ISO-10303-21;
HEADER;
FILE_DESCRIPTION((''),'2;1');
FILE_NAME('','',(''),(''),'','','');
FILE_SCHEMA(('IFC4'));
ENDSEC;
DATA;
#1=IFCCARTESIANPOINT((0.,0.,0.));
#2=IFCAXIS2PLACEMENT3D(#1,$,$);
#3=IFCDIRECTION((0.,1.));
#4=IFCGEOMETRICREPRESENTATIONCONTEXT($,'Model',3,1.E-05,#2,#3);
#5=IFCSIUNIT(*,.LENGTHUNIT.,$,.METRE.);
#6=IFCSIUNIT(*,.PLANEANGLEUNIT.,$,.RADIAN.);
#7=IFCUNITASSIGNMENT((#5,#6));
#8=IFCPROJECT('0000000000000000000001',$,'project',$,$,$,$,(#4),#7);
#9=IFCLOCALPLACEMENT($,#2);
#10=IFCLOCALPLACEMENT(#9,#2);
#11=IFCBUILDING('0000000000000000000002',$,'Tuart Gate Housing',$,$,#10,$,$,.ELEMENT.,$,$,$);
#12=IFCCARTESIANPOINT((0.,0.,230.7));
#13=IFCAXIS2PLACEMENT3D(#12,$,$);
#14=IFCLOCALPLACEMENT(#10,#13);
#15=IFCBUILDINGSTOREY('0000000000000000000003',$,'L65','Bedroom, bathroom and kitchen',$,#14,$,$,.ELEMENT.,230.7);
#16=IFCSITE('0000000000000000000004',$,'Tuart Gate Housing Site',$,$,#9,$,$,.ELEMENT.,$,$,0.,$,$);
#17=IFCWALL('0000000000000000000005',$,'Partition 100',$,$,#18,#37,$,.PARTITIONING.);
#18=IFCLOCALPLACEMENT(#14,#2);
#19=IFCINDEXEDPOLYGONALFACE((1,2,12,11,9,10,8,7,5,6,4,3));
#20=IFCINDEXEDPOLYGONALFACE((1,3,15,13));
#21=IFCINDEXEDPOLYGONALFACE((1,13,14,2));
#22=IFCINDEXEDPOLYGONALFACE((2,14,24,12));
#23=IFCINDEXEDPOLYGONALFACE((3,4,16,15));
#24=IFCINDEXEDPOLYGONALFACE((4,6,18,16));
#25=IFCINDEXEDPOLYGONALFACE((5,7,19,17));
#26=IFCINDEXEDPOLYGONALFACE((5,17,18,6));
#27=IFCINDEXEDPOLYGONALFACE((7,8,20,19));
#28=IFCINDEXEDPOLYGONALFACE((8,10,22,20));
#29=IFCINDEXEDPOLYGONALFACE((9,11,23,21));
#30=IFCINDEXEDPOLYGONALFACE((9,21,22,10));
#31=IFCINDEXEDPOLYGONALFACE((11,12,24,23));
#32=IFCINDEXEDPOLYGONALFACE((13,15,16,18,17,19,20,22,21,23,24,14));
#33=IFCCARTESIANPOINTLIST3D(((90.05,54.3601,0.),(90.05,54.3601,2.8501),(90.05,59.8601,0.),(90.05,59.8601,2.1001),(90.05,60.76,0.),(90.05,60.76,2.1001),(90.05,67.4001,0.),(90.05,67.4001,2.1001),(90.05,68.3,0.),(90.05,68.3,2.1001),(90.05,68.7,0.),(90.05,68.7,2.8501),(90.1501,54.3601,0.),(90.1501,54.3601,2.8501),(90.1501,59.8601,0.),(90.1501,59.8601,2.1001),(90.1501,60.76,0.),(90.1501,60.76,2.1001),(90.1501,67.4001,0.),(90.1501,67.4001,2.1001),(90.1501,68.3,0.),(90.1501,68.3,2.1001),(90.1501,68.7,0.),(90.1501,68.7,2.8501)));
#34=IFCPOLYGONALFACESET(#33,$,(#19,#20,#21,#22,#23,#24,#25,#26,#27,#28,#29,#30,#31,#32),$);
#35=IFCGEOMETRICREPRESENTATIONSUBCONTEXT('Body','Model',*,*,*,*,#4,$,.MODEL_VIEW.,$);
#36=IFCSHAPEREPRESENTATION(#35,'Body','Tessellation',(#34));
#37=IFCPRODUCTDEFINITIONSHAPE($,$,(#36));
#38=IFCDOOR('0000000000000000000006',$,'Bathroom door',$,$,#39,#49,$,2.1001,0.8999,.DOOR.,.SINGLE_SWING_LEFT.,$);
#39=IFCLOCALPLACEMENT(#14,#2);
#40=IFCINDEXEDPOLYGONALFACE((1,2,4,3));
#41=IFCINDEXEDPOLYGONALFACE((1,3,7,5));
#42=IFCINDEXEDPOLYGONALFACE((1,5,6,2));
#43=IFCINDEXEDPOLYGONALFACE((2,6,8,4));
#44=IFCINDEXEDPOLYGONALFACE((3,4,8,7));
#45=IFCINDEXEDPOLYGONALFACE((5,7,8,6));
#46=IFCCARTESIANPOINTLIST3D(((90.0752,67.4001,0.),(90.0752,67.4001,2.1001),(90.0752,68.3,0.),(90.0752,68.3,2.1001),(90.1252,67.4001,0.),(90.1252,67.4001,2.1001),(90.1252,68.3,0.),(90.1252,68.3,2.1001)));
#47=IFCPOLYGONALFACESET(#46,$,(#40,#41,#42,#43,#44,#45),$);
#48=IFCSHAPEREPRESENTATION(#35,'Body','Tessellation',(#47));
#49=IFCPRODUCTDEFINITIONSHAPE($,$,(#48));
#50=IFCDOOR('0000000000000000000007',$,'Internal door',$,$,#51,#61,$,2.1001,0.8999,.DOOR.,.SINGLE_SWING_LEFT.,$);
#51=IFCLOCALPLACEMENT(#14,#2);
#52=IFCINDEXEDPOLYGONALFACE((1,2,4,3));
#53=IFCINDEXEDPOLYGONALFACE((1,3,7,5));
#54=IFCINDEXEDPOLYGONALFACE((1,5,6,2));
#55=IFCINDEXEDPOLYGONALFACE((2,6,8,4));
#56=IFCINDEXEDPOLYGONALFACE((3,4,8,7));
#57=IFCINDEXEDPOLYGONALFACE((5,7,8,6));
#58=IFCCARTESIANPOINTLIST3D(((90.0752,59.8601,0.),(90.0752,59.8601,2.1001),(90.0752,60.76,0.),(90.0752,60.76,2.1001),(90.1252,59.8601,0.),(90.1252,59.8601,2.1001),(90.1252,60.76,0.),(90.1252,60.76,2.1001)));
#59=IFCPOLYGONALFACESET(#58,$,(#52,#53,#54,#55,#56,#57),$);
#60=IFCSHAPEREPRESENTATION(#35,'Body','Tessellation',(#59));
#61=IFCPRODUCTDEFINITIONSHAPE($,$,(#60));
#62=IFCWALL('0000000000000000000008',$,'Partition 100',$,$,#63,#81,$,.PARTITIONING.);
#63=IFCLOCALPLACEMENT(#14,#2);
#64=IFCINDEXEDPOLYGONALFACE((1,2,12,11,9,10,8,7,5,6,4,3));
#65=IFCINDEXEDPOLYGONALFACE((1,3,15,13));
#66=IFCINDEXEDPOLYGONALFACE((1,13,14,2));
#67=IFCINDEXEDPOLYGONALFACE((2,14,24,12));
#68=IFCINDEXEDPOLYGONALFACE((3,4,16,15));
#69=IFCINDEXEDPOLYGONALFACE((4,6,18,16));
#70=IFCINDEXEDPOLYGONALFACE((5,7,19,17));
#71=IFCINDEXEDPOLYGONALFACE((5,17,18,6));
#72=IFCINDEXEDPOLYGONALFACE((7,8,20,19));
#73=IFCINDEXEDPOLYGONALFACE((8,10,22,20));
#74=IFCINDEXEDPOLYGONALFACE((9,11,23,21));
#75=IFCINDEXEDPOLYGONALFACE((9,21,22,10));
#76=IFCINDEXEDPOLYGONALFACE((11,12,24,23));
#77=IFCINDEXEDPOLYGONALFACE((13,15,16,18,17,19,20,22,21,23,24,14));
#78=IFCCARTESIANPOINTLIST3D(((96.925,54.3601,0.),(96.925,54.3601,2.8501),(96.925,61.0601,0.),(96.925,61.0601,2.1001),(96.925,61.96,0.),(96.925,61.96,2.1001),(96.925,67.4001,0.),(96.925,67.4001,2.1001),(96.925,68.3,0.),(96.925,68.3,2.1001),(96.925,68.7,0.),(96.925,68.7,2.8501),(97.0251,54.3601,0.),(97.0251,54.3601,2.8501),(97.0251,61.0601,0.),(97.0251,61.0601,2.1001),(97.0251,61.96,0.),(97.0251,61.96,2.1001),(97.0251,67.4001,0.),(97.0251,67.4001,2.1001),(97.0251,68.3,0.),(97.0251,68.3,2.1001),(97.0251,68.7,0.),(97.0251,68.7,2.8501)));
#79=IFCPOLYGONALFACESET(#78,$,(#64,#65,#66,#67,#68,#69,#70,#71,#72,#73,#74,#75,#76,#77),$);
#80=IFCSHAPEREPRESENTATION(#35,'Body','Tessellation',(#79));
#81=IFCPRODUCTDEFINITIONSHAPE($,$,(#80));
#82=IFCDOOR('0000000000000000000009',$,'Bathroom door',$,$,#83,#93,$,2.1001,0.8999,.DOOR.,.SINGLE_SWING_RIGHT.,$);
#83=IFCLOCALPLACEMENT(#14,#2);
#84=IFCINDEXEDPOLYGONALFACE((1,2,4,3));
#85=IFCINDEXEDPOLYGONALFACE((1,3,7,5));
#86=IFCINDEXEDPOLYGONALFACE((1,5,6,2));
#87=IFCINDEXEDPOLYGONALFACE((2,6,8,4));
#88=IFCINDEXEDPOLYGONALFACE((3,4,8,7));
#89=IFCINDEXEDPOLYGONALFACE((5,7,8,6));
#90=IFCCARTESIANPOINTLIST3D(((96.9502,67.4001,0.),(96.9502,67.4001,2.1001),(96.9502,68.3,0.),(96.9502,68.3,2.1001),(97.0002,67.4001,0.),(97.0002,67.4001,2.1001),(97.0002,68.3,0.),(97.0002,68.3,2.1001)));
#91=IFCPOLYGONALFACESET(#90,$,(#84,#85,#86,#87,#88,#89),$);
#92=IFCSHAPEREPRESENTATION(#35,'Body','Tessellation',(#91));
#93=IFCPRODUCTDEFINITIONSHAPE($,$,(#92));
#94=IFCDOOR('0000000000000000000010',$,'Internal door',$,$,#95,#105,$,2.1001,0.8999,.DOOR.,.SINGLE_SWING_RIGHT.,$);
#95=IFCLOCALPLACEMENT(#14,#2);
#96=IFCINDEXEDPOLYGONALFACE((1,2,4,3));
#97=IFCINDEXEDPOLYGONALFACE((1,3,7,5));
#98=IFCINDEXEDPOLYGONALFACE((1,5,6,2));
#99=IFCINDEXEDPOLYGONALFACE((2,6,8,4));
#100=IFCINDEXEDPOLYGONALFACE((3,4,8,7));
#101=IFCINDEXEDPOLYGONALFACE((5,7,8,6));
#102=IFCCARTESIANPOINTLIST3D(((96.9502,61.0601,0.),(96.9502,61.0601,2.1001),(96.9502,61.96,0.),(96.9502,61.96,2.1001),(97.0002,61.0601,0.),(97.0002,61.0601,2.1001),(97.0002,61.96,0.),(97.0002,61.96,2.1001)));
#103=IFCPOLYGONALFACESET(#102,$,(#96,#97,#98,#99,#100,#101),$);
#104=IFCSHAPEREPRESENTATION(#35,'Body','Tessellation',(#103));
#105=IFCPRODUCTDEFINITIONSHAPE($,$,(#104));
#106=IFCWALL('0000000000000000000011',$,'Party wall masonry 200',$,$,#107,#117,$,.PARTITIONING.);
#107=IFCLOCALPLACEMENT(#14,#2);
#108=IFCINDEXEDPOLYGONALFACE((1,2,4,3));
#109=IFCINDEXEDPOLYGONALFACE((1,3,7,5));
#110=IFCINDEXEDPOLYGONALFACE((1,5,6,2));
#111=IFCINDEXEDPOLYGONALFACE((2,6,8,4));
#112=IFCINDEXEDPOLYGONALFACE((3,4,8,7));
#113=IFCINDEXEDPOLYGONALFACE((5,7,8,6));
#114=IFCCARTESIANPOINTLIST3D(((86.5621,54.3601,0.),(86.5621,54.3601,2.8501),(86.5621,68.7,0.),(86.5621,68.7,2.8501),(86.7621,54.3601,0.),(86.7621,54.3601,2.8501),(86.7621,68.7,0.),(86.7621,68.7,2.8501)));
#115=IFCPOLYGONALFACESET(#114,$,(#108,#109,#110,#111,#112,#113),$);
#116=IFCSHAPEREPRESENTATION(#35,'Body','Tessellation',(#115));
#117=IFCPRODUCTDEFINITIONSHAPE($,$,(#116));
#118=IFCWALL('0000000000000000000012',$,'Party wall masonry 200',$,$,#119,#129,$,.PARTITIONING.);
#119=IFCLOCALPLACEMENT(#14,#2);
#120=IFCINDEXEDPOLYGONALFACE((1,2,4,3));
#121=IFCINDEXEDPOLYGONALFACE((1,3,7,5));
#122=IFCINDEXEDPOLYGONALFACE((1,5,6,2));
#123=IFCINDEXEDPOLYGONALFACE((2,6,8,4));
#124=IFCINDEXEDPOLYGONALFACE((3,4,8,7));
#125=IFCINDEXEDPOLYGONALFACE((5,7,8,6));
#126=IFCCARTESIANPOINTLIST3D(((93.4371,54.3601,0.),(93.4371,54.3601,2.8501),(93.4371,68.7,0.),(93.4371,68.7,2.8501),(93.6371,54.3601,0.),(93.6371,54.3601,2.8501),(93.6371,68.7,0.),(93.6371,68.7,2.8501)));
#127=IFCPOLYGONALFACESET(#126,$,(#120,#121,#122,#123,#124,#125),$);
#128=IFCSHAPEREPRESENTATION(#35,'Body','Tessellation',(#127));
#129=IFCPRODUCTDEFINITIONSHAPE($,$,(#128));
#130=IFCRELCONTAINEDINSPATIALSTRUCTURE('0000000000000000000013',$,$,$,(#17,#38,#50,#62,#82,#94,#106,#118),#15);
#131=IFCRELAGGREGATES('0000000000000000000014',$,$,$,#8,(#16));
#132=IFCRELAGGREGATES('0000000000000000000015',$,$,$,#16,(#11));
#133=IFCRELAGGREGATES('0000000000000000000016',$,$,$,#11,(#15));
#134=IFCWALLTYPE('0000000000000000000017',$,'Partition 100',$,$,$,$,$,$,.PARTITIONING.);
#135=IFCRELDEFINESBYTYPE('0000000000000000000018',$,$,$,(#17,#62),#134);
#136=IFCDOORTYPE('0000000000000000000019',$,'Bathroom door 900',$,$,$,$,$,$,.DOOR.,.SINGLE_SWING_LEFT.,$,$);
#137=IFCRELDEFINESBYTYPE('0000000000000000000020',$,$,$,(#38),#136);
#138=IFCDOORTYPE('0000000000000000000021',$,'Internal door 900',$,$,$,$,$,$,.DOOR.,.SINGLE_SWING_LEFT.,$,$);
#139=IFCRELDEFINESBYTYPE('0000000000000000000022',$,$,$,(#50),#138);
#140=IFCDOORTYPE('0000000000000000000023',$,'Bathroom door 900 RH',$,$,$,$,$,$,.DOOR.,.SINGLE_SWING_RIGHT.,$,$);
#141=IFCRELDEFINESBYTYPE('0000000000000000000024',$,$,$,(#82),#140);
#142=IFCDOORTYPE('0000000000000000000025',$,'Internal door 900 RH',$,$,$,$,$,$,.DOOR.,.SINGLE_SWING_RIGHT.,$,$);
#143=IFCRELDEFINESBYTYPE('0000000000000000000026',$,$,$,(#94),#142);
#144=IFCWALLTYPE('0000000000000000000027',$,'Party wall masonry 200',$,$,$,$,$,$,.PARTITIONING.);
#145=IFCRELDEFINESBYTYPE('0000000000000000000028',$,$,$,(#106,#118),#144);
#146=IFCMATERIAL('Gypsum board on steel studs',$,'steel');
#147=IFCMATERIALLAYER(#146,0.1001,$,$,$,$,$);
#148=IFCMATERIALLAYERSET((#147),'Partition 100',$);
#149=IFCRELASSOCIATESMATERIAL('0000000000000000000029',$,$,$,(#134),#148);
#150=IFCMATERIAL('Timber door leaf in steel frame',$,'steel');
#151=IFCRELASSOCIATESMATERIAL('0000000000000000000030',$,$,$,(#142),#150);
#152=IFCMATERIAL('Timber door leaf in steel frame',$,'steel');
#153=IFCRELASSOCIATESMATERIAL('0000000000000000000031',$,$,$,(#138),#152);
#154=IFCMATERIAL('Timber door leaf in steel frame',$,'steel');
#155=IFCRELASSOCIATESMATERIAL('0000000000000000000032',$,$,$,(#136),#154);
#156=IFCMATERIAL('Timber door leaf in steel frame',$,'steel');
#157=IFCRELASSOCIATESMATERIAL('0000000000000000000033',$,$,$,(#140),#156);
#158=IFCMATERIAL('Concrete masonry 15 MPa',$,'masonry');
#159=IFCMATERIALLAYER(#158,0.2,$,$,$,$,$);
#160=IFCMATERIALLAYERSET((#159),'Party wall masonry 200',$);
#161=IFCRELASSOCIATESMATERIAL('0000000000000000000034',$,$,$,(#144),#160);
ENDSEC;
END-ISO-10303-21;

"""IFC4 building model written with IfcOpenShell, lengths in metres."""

from ifc_helpers import new_model, si_unit, direction, frame, frame_2d, origin, place, context, subcontext, project, spatial, rectangle, extrude, material, layer, layer_set, type_object, element, fill, save


model = new_model("IFC4")

# Units and contexts
model_context = context("Model", 3, precision=1e-05, world=origin(), true_north=direction((0.0, 1.0)))
body_context = subcontext(model_context, "Body", "Model", "MODEL_VIEW")
ifc_project = project(units=[si_unit("LENGTHUNIT", "METRE"), si_unit("PLANEANGLEUNIT", "RADIAN")], contexts=[model_context])

# Site, building, storey
site_placement = place(None, origin())
site = spatial("IfcSite", under=ifc_project, at=site_placement, Name="Tuart Gate Housing Site", CompositionType="ELEMENT", RefElevation=0.0)
building_placement = place(site_placement, origin())
building = spatial("IfcBuilding", under=site, at=building_placement, Name="Tuart Gate Housing", CompositionType="ELEMENT")
storey_placement = place(building_placement, frame((0.0, 0.0, 230.7)))
storey = spatial("IfcBuildingStorey", under=building, at=storey_placement, Name="L65", Description="Bedroom, bathroom and kitchen", CompositionType="ELEMENT", Elevation=230.7)

# Shared definitions
ifc_material_1 = material(Name="Gypsum board on steel studs", Category="steel")
ifc_layer_1 = layer(ifc_material_1, 0.1001)
ifc_layer_set_1 = layer_set([ifc_layer_1], Name="Partition 100")
wall_type_1 = type_object("IfcWallType", Name="Partition 100", PredefinedType="PARTITIONING", material=ifc_layer_set_1)
ifc_material_2 = material(Name="Timber door leaf in steel frame", Category="steel")
door_type_1 = type_object("IfcDoorType", Name="Internal door 900 RH", OperationType="SINGLE_SWING_RIGHT", PredefinedType="DOOR", material=ifc_material_2)
ifc_material_3 = material(Name="Timber door leaf in steel frame", Category="steel")
door_type_2 = type_object("IfcDoorType", Name="Internal door 900", OperationType="SINGLE_SWING_LEFT", PredefinedType="DOOR", material=ifc_material_3)

# Walls, openings, doors
ifc_material_4 = material(Name="Timber door leaf in steel frame", Category="steel")
door_type_3 = type_object("IfcDoorType", Name="Bathroom door 900", OperationType="SINGLE_SWING_LEFT", PredefinedType="DOOR", material=ifc_material_4)
wall_1_placement = place(storey_placement, frame((90.1001, 54.3601, 0.0), z_axis=(0.0, 0.0, 1.0), x_axis=(0.0, 1.0, 0.0)))
wall_1 = element("IfcWall", 1, at=wall_1_placement, inside=storey, type_object=wall_type_1, Name="Partition 100", PredefinedType="PARTITIONING", context=body_context, shape_type="SweptSolid", body=[
    extrude(rectangle(XDim=14.3398, YDim=0.1001, at=frame_2d((7.1699, 0.0))), origin(), (0.0, 0.0, 1.0), 2.8501),
])
opening_1_placement = place(wall_1_placement, frame((5.5, 0.0, 0.0)))
opening_1 = element("IfcOpeningElement", 2, at=opening_1_placement, cuts=wall_1, PredefinedType="OPENING", context=body_context, shape_type="SweptSolid", body=[
    extrude(rectangle(XDim=0.8999, YDim=2.1001, at=frame_2d((0.45, 1.05))), frame((0.0, 0.0601, 0.0), z_axis=(0.0, -1.0, 0.0), x_axis=(1.0, 0.0, 0.0)), (0.0, 0.0, 1.0), 0.1201),
])
opening_2_placement = place(wall_1_placement, frame((13.04, 0.0, 0.0)))
opening_2 = element("IfcOpeningElement", 3, at=opening_2_placement, cuts=wall_1, PredefinedType="OPENING", context=body_context, shape_type="SweptSolid", body=[
    extrude(rectangle(XDim=0.8999, YDim=2.1001, at=frame_2d((0.45, 1.05))), frame((0.0, 0.0601, 0.0), z_axis=(0.0, -1.0, 0.0), x_axis=(1.0, 0.0, 0.0)), (0.0, 0.0, 1.0), 0.1201),
])
door_1_placement = place(opening_2_placement, frame((0.8999, 0.0, 0.0), z_axis=(0.0, 0.0, 1.0), x_axis=(-1.0, 0.0, 0.0)))
door_1 = element("IfcDoor", 4, at=door_1_placement, inside=storey, type_object=door_type_3, Name="Bathroom door", OperationType="SINGLE_SWING_LEFT", OverallHeight=2.1001, OverallWidth=0.8999, PredefinedType="DOOR", context=body_context, shape_type="SweptSolid", body=[
    extrude(rectangle(XDim=0.8999, YDim=2.1001, at=frame_2d((0.45, 1.05))), frame((0.0, 0.0251, 0.0), z_axis=(0.0, -1.0, 0.0), x_axis=(1.0, 0.0, 0.0)), (0.0, 0.0, 1.0), 0.05),
])
fill(opening_2, door_1)
door_2_placement = place(opening_1_placement, frame((0.8999, 0.0, 0.0), z_axis=(0.0, 0.0, 1.0), x_axis=(-1.0, 0.0, 0.0)))
door_2 = element("IfcDoor", 5, at=door_2_placement, inside=storey, type_object=door_type_2, Name="Internal door", OperationType="SINGLE_SWING_LEFT", OverallHeight=2.1001, OverallWidth=0.8999, PredefinedType="DOOR", context=body_context, shape_type="SweptSolid", body=[
    extrude(rectangle(XDim=0.8999, YDim=2.1001, at=frame_2d((0.45, 1.05))), frame((0.0, 0.0251, 0.0), z_axis=(0.0, -1.0, 0.0), x_axis=(1.0, 0.0, 0.0)), (0.0, 0.0, 1.0), 0.05),
])
fill(opening_1, door_2)
wall_2_placement = place(storey_placement, frame((96.9751, 54.3601, 0.0), z_axis=(0.0, 0.0, 1.0), x_axis=(0.0, 1.0, 0.0)))
wall_2 = element("IfcWall", 6, at=wall_2_placement, inside=storey, type_object=wall_type_1, Name="Partition 100", PredefinedType="PARTITIONING", context=body_context, shape_type="SweptSolid", body=[
    extrude(rectangle(XDim=14.3398, YDim=0.1001, at=frame_2d((7.1699, 0.0))), origin(), (0.0, 0.0, 1.0), 2.8501),
])
opening_3_placement = place(wall_2_placement, frame((6.7, 0.0, 0.0)))
opening_3 = element("IfcOpeningElement", 7, at=opening_3_placement, cuts=wall_2, PredefinedType="OPENING", context=body_context, shape_type="SweptSolid", body=[
    extrude(rectangle(XDim=0.8999, YDim=2.1001, at=frame_2d((0.45, 1.05))), frame((0.0, 0.0601, 0.0), z_axis=(0.0, -1.0, 0.0), x_axis=(1.0, 0.0, 0.0)), (0.0, 0.0, 1.0), 0.1201),
])
opening_4_placement = place(wall_2_placement, frame((13.04, 0.0, 0.0)))
opening_4 = element("IfcOpeningElement", 8, at=opening_4_placement, cuts=wall_2, PredefinedType="OPENING", context=body_context, shape_type="SweptSolid", body=[
    extrude(rectangle(XDim=0.8999, YDim=2.1001, at=frame_2d((0.45, 1.05))), frame((0.0, 0.0601, 0.0), z_axis=(0.0, -1.0, 0.0), x_axis=(1.0, 0.0, 0.0)), (0.0, 0.0, 1.0), 0.1201),
])
ifc_material_5 = material(Name="Timber door leaf in steel frame", Category="steel")
door_type_4 = type_object("IfcDoorType", Name="Bathroom door 900 RH", OperationType="SINGLE_SWING_RIGHT", PredefinedType="DOOR", material=ifc_material_5)
door_3_placement = place(opening_4_placement, origin())
door_3 = element("IfcDoor", 9, at=door_3_placement, inside=storey, type_object=door_type_4, Name="Bathroom door", OperationType="SINGLE_SWING_RIGHT", OverallHeight=2.1001, OverallWidth=0.8999, PredefinedType="DOOR", context=body_context, shape_type="SweptSolid", body=[
    extrude(rectangle(XDim=0.8999, YDim=2.1001, at=frame_2d((0.45, 1.05))), frame((0.0, 0.0249, 0.0), z_axis=(0.0, -1.0, 0.0), x_axis=(1.0, 0.0, 0.0)), (0.0, 0.0, 1.0), 0.05),
])
fill(opening_4, door_3)
door_4_placement = place(opening_3_placement, origin())
door_4 = element("IfcDoor", 10, at=door_4_placement, inside=storey, type_object=door_type_1, Name="Internal door", OperationType="SINGLE_SWING_RIGHT", OverallHeight=2.1001, OverallWidth=0.8999, PredefinedType="DOOR", context=body_context, shape_type="SweptSolid", body=[
    extrude(rectangle(XDim=0.8999, YDim=2.1001, at=frame_2d((0.45, 1.05))), frame((0.0, 0.0249, 0.0), z_axis=(0.0, -1.0, 0.0), x_axis=(1.0, 0.0, 0.0)), (0.0, 0.0, 1.0), 0.05),
])
fill(opening_3, door_4)

# Walls
ifc_material_6 = material(Name="Concrete masonry 15 MPa", Category="masonry")
ifc_layer_2 = layer(ifc_material_6, 0.2)
ifc_layer_set_2 = layer_set([ifc_layer_2], Name="Party wall masonry 200")
wall_type_2 = type_object("IfcWallType", Name="Party wall masonry 200", PredefinedType="PARTITIONING", material=ifc_layer_set_2)
for number, where, z_axis, x_axis, name in (
    (11, (86.6621, 54.3601, 0.0), (0.0, 0.0, 1.0), (0.0, 1.0, 0.0), "Party wall masonry 200"),
    (12, (93.5371, 54.3601, 0.0), (0.0, 0.0, 1.0), (0.0, 1.0, 0.0), "Party wall masonry 200"),
):
    element("IfcWall", number, at=place(storey_placement, frame(where, z_axis=z_axis, x_axis=x_axis)), inside=storey, type_object=wall_type_2, Name=name, PredefinedType="PARTITIONING", context=body_context, shape_type="SweptSolid", body=[
        extrude(rectangle(XDim=14.3398, YDim=0.2, at=frame_2d((7.1699, 0.0))), origin(), (0.0, 0.0, 1.0), 2.8501),
    ])

save(model, "model.ifc")
